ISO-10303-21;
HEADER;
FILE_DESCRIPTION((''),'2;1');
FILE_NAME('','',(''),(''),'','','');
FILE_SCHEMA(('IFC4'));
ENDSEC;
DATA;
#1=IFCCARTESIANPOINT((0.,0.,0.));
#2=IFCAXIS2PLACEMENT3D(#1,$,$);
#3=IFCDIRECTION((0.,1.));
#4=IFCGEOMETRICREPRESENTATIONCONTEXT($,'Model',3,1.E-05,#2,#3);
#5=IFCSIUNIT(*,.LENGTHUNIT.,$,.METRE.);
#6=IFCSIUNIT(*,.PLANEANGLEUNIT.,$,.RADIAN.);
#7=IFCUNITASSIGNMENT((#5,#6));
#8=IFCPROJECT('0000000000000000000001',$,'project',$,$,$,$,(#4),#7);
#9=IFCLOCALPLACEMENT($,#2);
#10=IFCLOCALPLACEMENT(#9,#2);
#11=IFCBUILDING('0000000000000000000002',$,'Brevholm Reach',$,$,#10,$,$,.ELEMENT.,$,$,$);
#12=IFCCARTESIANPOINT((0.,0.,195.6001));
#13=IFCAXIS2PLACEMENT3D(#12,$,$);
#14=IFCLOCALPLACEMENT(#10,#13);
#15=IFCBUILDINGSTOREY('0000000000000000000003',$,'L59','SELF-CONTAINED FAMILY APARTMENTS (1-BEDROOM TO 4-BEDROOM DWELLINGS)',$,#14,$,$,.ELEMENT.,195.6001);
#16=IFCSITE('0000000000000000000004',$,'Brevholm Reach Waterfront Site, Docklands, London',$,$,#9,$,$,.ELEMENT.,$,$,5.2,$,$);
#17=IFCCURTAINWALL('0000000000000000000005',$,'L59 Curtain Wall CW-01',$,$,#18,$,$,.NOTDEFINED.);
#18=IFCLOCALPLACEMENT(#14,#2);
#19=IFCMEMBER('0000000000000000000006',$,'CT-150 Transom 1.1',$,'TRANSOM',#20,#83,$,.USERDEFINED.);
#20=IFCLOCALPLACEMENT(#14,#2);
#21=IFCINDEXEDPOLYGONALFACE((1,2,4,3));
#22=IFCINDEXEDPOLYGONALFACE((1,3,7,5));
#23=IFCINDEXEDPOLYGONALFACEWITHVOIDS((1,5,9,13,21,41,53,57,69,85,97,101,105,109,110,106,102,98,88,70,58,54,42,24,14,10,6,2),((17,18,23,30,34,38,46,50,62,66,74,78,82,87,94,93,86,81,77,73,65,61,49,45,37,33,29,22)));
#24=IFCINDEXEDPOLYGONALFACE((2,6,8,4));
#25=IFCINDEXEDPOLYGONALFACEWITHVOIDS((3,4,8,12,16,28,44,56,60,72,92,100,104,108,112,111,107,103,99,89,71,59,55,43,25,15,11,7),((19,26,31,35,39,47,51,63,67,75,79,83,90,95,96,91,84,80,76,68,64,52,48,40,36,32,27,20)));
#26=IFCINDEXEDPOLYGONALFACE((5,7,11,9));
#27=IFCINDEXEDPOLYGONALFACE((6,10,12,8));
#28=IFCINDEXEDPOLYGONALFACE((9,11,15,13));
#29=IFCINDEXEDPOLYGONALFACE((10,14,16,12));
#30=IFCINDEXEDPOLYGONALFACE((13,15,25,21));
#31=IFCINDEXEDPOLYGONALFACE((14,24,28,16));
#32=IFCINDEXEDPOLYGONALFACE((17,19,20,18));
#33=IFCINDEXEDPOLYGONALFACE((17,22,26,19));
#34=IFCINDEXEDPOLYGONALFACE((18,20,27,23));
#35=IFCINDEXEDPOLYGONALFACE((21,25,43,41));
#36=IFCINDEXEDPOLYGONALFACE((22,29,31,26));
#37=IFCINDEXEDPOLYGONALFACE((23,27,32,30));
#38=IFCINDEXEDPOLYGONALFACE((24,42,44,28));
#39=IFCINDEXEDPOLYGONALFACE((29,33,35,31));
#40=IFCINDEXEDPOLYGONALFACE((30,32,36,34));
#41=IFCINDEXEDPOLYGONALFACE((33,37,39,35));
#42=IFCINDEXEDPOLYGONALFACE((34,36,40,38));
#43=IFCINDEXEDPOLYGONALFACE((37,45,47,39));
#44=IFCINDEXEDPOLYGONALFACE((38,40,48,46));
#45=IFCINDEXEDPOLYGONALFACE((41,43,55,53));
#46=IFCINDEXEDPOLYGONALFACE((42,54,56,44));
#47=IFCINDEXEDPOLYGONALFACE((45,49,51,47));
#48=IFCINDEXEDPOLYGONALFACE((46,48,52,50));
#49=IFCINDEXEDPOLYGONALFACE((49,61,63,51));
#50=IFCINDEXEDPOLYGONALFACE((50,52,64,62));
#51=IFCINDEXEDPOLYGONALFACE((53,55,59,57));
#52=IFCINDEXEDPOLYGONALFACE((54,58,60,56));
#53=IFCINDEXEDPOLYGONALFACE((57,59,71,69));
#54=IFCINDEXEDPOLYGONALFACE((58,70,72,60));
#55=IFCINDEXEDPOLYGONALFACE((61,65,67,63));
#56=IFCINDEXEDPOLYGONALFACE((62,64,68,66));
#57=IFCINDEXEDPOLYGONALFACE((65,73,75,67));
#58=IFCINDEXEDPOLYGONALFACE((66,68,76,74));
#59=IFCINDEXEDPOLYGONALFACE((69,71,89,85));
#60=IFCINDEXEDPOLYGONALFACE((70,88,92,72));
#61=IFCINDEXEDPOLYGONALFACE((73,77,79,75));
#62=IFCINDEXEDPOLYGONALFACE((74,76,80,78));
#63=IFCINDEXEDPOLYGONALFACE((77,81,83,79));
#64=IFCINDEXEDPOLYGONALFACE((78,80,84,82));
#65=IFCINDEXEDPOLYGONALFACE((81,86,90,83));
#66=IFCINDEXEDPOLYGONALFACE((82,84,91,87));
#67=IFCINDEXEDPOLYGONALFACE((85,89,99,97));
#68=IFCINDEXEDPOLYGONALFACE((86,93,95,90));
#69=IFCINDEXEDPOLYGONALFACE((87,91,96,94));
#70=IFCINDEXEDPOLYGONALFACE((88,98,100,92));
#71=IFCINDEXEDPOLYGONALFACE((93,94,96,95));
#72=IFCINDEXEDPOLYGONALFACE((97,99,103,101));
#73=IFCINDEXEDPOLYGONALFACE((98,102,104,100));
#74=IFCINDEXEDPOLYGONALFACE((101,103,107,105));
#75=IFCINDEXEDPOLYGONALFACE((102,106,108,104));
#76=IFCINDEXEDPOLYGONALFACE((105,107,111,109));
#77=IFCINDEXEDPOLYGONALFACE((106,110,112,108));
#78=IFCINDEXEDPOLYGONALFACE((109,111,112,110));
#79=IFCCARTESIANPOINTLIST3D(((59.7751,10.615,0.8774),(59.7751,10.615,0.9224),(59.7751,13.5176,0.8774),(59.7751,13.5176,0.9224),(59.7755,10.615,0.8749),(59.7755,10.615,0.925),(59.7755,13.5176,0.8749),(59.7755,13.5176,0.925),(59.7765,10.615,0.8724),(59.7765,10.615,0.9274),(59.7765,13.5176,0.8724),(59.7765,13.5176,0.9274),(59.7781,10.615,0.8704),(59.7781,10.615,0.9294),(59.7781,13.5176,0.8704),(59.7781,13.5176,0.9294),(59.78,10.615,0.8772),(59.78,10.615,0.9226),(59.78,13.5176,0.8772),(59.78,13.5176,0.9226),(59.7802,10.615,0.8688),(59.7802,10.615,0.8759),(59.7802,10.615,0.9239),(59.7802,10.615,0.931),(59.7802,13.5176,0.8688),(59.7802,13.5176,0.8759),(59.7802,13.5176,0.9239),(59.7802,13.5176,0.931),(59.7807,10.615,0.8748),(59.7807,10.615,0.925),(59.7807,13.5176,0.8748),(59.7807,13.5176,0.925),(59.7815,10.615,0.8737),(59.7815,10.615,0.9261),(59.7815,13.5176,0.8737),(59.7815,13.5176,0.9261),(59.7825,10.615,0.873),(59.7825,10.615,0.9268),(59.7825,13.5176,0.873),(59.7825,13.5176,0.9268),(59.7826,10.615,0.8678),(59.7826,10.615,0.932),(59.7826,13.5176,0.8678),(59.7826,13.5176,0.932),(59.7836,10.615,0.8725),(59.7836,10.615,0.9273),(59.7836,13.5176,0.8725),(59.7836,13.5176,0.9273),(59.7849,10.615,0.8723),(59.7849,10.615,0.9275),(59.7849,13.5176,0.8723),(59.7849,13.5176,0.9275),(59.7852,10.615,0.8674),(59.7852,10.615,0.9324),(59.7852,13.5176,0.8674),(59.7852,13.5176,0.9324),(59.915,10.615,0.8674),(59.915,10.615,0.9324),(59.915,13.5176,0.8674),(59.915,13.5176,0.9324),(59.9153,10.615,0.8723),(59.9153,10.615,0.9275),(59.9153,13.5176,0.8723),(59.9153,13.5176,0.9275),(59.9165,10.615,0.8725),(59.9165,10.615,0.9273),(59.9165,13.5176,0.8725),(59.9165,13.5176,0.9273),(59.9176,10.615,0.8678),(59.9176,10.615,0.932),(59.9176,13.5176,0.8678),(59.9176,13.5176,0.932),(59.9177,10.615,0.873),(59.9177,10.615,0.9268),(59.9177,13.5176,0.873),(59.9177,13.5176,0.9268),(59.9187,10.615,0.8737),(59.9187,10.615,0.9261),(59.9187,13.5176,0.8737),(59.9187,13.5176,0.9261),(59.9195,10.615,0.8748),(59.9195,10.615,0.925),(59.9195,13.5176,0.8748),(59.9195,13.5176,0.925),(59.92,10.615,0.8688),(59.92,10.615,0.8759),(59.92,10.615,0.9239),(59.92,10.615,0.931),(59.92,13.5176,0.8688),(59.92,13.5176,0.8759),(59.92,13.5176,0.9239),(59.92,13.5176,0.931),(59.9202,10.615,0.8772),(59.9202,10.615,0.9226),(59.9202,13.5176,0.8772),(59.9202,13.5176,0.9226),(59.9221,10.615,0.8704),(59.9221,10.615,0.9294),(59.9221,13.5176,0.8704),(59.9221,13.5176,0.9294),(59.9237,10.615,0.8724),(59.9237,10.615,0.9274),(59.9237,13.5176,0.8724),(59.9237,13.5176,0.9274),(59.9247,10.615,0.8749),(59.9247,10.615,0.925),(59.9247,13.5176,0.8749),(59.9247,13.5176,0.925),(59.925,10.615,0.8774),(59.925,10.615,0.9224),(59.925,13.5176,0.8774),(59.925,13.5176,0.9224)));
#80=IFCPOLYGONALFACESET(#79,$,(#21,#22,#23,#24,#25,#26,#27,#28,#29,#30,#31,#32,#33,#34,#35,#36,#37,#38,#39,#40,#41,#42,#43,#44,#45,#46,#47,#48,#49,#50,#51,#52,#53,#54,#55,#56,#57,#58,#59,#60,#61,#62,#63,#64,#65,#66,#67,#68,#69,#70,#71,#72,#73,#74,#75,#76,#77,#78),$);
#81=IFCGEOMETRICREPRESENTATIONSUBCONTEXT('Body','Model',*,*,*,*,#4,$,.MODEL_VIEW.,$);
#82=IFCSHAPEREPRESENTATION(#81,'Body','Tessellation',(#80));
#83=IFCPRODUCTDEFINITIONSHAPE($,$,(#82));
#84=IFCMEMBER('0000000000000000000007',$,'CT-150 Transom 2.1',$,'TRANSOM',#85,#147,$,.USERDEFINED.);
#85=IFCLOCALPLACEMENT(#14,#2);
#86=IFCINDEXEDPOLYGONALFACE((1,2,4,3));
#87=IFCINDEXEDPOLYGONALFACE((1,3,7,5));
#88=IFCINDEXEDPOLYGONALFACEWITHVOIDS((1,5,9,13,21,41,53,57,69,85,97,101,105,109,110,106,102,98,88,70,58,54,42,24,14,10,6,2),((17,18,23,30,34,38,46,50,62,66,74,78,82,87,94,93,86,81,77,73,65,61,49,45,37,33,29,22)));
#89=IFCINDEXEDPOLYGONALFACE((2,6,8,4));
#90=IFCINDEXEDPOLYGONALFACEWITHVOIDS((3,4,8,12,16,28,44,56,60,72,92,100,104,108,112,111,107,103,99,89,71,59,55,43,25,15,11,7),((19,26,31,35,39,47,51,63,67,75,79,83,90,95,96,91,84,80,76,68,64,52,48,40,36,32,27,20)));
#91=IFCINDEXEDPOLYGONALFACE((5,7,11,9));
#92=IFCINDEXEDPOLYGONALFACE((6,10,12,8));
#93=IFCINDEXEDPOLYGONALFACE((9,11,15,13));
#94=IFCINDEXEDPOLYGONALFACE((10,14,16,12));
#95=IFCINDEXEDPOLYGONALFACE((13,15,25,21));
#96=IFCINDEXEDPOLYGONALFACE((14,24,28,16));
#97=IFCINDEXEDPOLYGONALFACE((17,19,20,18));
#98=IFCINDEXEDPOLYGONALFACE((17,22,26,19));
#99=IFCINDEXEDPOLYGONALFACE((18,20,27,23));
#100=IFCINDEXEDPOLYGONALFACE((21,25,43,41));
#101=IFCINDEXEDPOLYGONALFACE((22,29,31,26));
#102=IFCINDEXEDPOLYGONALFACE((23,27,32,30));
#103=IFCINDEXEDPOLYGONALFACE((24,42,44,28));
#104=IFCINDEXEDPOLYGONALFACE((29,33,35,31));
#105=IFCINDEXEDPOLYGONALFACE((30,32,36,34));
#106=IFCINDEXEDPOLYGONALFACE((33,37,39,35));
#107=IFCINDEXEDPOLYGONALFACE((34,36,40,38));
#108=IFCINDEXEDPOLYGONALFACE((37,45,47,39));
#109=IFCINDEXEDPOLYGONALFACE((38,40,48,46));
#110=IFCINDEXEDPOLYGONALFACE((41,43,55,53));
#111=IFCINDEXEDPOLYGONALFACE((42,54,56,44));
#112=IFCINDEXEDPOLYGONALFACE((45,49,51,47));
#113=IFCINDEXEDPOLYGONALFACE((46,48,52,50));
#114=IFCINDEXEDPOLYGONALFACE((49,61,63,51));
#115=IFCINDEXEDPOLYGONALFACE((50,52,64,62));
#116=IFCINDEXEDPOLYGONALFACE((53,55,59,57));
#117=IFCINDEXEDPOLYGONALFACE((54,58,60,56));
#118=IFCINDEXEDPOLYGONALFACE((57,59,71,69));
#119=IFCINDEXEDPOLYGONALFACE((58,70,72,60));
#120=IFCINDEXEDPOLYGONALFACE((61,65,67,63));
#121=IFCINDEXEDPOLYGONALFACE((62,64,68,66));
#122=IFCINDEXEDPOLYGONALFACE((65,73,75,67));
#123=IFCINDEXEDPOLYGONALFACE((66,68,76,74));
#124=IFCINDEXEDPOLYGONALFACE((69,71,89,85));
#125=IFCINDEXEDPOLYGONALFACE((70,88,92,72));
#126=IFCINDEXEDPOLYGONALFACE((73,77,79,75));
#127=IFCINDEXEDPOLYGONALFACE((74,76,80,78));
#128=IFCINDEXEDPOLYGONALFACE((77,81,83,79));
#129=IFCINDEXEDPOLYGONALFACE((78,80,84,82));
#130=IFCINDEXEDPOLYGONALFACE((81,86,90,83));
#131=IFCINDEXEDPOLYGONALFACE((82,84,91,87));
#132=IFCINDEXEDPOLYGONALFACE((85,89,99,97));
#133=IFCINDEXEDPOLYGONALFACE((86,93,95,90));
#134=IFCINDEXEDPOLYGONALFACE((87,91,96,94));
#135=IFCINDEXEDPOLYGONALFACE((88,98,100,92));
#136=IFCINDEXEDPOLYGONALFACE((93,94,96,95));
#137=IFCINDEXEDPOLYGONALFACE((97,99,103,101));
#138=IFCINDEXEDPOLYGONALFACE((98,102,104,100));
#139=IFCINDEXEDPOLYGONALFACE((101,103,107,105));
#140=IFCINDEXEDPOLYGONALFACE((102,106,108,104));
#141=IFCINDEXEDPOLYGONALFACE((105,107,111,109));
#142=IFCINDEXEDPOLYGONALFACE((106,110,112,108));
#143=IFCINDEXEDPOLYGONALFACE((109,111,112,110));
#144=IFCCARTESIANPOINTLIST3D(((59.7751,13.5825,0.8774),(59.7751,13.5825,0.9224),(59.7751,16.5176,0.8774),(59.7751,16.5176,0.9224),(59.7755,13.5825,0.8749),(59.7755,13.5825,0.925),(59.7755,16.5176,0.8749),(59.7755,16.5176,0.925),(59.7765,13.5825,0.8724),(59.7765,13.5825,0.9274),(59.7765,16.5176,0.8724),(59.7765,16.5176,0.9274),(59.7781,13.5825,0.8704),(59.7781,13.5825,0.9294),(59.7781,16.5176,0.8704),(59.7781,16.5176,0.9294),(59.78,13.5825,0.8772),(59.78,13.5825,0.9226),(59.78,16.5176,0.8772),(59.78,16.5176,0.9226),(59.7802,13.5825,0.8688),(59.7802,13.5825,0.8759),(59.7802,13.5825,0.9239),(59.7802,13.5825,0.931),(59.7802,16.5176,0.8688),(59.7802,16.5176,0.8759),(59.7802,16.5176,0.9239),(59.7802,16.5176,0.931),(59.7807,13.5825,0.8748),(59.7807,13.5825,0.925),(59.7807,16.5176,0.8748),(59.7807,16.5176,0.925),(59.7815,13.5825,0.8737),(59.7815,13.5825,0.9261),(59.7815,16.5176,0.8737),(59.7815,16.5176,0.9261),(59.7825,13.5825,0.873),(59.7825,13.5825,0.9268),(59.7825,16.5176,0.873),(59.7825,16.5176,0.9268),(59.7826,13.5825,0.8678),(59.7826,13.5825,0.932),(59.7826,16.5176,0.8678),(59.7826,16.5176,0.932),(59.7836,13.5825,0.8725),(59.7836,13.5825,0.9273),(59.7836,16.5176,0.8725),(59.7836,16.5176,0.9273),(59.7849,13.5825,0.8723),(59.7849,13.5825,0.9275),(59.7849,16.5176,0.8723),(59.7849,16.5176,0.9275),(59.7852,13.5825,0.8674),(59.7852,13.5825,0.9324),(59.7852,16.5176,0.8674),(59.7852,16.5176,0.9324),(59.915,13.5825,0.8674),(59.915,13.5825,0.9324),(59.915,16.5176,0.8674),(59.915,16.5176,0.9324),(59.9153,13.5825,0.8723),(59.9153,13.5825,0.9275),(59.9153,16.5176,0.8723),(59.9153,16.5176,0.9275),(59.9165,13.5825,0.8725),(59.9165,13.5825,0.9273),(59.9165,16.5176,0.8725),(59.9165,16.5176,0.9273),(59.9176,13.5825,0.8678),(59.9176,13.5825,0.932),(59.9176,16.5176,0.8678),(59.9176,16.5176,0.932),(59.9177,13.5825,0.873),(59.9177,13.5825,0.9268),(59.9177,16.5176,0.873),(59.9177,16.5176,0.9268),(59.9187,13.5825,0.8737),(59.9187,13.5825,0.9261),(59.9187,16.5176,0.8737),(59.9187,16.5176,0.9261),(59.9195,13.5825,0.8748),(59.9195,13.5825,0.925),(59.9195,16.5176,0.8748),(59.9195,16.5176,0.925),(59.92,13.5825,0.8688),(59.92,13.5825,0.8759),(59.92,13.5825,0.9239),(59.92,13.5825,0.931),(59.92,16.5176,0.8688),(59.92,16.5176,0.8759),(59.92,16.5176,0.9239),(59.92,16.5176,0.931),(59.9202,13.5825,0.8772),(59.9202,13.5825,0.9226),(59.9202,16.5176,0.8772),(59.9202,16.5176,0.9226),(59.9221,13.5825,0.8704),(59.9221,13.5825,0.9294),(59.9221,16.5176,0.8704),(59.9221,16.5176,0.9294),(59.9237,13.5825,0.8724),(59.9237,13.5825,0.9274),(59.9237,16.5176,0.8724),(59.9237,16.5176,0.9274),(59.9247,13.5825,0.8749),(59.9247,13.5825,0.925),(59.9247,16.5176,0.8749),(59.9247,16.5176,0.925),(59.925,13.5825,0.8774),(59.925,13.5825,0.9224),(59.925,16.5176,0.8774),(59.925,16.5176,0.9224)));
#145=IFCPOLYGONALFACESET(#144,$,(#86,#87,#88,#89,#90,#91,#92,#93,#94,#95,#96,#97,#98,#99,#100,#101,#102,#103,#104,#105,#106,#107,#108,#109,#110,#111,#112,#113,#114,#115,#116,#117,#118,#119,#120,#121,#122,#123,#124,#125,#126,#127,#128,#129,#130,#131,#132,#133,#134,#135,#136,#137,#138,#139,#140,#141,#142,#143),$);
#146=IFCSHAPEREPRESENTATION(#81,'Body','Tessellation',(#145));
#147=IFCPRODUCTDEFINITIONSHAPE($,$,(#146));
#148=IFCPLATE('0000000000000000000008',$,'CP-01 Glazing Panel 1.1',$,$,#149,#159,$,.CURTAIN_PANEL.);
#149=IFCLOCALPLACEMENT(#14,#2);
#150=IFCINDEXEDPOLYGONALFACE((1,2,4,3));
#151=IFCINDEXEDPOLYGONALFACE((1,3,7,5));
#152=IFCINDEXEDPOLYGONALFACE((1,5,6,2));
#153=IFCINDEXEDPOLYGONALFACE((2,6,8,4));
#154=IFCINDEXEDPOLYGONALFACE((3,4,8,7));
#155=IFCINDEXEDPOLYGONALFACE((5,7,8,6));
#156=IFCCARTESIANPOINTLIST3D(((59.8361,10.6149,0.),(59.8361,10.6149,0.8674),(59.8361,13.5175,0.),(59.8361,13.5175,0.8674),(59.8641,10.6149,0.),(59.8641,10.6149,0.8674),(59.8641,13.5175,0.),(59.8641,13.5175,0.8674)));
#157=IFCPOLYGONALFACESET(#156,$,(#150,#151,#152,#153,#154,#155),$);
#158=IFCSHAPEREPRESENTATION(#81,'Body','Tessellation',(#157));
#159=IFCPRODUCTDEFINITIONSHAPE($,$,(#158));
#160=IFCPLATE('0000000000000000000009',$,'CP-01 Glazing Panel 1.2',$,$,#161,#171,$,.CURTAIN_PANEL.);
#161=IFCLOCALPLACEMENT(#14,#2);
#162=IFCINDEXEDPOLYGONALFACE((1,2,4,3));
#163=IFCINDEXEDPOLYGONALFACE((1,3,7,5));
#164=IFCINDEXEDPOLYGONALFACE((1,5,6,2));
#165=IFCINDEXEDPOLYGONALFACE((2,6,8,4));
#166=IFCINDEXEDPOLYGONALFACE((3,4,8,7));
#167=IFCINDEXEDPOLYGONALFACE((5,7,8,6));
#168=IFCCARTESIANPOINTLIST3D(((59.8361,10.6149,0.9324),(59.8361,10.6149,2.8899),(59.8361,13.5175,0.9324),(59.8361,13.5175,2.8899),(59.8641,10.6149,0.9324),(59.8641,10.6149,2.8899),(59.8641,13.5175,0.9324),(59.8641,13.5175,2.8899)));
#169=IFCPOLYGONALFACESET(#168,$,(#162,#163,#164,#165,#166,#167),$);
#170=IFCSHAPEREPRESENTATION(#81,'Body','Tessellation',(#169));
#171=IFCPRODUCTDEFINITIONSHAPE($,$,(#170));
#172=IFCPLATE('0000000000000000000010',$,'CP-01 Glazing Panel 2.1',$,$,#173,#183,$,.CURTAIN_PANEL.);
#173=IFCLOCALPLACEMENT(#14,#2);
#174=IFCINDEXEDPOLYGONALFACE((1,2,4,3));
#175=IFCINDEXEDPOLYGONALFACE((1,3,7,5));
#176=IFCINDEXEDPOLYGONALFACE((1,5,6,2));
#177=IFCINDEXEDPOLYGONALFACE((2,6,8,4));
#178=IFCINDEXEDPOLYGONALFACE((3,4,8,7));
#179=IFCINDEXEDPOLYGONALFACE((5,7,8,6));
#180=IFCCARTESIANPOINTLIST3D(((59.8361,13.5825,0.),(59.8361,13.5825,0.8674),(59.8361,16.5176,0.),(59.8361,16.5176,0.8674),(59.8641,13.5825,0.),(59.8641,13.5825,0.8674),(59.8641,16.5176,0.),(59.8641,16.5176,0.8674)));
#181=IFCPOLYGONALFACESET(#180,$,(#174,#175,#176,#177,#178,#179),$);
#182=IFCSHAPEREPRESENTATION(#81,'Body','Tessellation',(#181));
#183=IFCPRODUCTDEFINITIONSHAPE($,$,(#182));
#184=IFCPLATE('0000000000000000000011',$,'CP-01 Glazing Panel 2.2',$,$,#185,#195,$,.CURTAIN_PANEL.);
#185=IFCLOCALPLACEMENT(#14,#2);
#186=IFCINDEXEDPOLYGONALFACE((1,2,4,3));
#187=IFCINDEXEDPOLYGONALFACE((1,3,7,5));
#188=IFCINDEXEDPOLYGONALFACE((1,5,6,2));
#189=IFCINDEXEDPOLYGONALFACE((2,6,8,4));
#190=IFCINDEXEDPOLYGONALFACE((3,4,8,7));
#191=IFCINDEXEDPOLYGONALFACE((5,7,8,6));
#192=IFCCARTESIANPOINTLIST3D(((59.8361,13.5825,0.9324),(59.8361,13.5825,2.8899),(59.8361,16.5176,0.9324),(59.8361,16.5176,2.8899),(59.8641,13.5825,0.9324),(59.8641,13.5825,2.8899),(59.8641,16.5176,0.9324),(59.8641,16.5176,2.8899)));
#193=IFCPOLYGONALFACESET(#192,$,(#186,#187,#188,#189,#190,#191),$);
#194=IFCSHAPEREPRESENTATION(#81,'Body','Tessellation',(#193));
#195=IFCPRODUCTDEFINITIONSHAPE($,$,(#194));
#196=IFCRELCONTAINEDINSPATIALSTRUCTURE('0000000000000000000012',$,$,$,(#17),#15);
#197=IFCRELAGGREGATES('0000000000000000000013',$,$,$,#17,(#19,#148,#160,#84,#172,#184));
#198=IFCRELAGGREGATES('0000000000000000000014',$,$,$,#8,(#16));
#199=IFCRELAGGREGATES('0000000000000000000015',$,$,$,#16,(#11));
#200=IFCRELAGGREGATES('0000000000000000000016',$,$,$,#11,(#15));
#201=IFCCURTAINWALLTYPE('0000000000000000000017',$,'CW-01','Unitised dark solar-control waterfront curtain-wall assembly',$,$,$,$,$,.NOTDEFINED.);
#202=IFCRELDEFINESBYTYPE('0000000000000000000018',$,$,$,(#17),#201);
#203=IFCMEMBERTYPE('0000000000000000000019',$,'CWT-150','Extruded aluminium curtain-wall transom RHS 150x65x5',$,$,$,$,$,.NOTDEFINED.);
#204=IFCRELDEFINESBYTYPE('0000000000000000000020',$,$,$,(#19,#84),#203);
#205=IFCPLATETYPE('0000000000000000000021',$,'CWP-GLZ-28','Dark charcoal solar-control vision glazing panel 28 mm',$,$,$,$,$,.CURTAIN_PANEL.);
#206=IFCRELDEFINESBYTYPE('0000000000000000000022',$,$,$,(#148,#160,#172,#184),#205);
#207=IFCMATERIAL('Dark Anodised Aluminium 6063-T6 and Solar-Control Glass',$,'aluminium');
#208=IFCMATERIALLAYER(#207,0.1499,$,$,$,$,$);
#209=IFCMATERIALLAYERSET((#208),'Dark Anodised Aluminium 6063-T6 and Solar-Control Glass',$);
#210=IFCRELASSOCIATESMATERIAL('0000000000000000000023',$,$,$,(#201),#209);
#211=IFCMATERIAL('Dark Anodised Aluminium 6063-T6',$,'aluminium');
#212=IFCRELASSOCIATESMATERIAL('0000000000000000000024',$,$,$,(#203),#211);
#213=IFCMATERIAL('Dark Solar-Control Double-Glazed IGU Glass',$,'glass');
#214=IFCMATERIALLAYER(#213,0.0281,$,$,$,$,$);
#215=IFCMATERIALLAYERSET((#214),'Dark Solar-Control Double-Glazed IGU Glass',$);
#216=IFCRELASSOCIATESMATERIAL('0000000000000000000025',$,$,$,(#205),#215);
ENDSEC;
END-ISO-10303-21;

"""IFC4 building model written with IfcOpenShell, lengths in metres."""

from ifc_helpers import new_model, si_unit, direction, frame, origin, origin_2d, place, context, subcontext, project, spatial, rectangle, hollow_rectangle, extrude, material, layer, layer_set, material_profile, profile_set, type_object, element, aggregate, save


model = new_model("IFC4")

# Units and contexts
model_context = context("Model", 3, precision=1e-05, world=origin(), true_north=direction((0.0, 1.0)))
body_context = subcontext(model_context, "Body", "Model", "MODEL_VIEW")
ifc_project = project(units=[si_unit("LENGTHUNIT", "METRE"), si_unit("PLANEANGLEUNIT", "RADIAN")], contexts=[model_context])

# Site, building, storey
site_placement = place(None, origin())
site = spatial("IfcSite", under=ifc_project, at=site_placement, Name="Brevholm Reach Waterfront Site, Docklands, London", CompositionType="ELEMENT", RefElevation=5.2)
building_placement = place(site_placement, origin())
building = spatial("IfcBuilding", under=site, at=building_placement, Name="Brevholm Reach", CompositionType="ELEMENT")
storey_placement = place(building_placement, frame((0.0, 0.0, 195.6001)))
storey = spatial("IfcBuildingStorey", under=building, at=storey_placement, Name="L59", Description="SELF-CONTAINED FAMILY APARTMENTS (1-BEDROOM TO 4-BEDROOM DWELLINGS)", CompositionType="ELEMENT", Elevation=195.6001)

# Curtain wall, members, plates
ifc_material_1 = material(Name="Dark Anodised Aluminium 6063-T6 and Solar-Control Glass", Category="aluminium")
ifc_layer_1 = layer(ifc_material_1, 0.1499)
ifc_layer_set_1 = layer_set([ifc_layer_1], Name="Dark Anodised Aluminium 6063-T6 and Solar-Control Glass")
curtain_wall_type = type_object("IfcCurtainWallType", Name="CW-01", Description="Unitised dark solar-control waterfront curtain-wall assembly", PredefinedType="NOTDEFINED", material=ifc_layer_set_1)
curtain_wall_placement = place(storey_placement, origin())
curtain_wall = element("IfcCurtainWall", 1, at=curtain_wall_placement, inside=storey, type_object=curtain_wall_type, Name="L59 Curtain Wall CW-01", PredefinedType="NOTDEFINED")
ifc_material_2 = material(Name="Dark Anodised Aluminium 6063-T6", Category="aluminium")
ifc_material_profile_1 = material_profile(ifc_material_2, hollow_rectangle(XDim=0.0649, YDim=0.1499, WallThickness=0.0049, InnerFilletRadius=0.0049, OuterFilletRadius=0.01, at=origin_2d()), Name="RHS 150x65x5")
ifc_profile_set_1 = profile_set([ifc_material_profile_1], Name="Dark Anodised Aluminium 6063-T6")
member_type_1 = type_object("IfcMemberType", Name="CWT-150", Description="Extruded aluminium curtain-wall transom RHS 150x65x5", PredefinedType="NOTDEFINED", material=ifc_profile_set_1)
member_1_placement = place(storey_placement, frame((59.8501, 10.615, 0.8999), z_axis=(0.0, 1.0, 0.0), x_axis=(0.0, 0.0, 1.0)))
member_1 = element("IfcMember", 2, at=member_1_placement, type_object=member_type_1, Name="CT-150 Transom 1.1", ObjectType="TRANSOM", PredefinedType="USERDEFINED", context=body_context, shape_type="SweptSolid", body=[
    extrude(hollow_rectangle(XDim=0.0649, YDim=0.1499, WallThickness=0.0049, InnerFilletRadius=0.0049, OuterFilletRadius=0.01, at=origin_2d()), origin(), (0.0, 0.0, 1.0), 2.9026),
])
member_2_placement = place(storey_placement, frame((59.8501, 13.5825, 0.8999), z_axis=(0.0, 1.0, 0.0), x_axis=(0.0, 0.0, 1.0)))
member_2 = element("IfcMember", 3, at=member_2_placement, type_object=member_type_1, Name="CT-150 Transom 2.1", ObjectType="TRANSOM", PredefinedType="USERDEFINED", context=body_context, shape_type="SweptSolid", body=[
    extrude(hollow_rectangle(XDim=0.0649, YDim=0.1499, WallThickness=0.0049, InnerFilletRadius=0.0049, OuterFilletRadius=0.01, at=origin_2d()), origin(), (0.0, 0.0, 1.0), 2.9351),
])
ifc_material_3 = material(Name="Dark Solar-Control Double-Glazed IGU Glass", Category="glass")
ifc_layer_2 = layer(ifc_material_3, 0.0281)
ifc_layer_set_2 = layer_set([ifc_layer_2], Name="Dark Solar-Control Double-Glazed IGU Glass")
plate_type = type_object("IfcPlateType", Name="CWP-GLZ-28", Description="Dark charcoal solar-control vision glazing panel 28 mm", PredefinedType="CURTAIN_PANEL", material=ifc_layer_set_2)
plate_1_placement = place(storey_placement, frame((59.8501, 12.0662, 0.0), z_axis=(0.0, 0.0, 1.0), x_axis=(0.0, 1.0, 0.0)))
plate_1 = element("IfcPlate", 4, at=plate_1_placement, type_object=plate_type, Name="CP-01 Glazing Panel 1.1", PredefinedType="CURTAIN_PANEL", context=body_context, shape_type="SweptSolid", body=[
    extrude(rectangle(XDim=2.9026, YDim=0.0281, at=origin_2d()), origin(), (0.0, 0.0, 1.0), 0.8674),
])
plate_2_placement = place(storey_placement, frame((59.8501, 12.0662, 0.9324), z_axis=(0.0, 0.0, 1.0), x_axis=(0.0, 1.0, 0.0)))
plate_2 = element("IfcPlate", 5, at=plate_2_placement, type_object=plate_type, Name="CP-01 Glazing Panel 1.2", PredefinedType="CURTAIN_PANEL", context=body_context, shape_type="SweptSolid", body=[
    extrude(rectangle(XDim=2.9026, YDim=0.0281, at=origin_2d()), origin(), (0.0, 0.0, 1.0), 1.9575),
])
plate_3_placement = place(storey_placement, frame((59.8501, 15.05, 0.0), z_axis=(0.0, 0.0, 1.0), x_axis=(0.0, 1.0, 0.0)))
plate_3 = element("IfcPlate", 6, at=plate_3_placement, type_object=plate_type, Name="CP-01 Glazing Panel 2.1", PredefinedType="CURTAIN_PANEL", context=body_context, shape_type="SweptSolid", body=[
    extrude(rectangle(XDim=2.9351, YDim=0.0281, at=origin_2d()), origin(), (0.0, 0.0, 1.0), 0.8674),
])
plate_4_placement = place(storey_placement, frame((59.8501, 15.05, 0.9324), z_axis=(0.0, 0.0, 1.0), x_axis=(0.0, 1.0, 0.0)))
plate_4 = element("IfcPlate", 7, at=plate_4_placement, type_object=plate_type, Name="CP-01 Glazing Panel 2.2", PredefinedType="CURTAIN_PANEL", context=body_context, shape_type="SweptSolid", body=[
    extrude(rectangle(XDim=2.9351, YDim=0.0281, at=origin_2d()), origin(), (0.0, 0.0, 1.0), 1.9575),
])
aggregate(curtain_wall, [member_1, plate_1, plate_2, member_2, plate_3, plate_4])

save(model, "model.ifc")
